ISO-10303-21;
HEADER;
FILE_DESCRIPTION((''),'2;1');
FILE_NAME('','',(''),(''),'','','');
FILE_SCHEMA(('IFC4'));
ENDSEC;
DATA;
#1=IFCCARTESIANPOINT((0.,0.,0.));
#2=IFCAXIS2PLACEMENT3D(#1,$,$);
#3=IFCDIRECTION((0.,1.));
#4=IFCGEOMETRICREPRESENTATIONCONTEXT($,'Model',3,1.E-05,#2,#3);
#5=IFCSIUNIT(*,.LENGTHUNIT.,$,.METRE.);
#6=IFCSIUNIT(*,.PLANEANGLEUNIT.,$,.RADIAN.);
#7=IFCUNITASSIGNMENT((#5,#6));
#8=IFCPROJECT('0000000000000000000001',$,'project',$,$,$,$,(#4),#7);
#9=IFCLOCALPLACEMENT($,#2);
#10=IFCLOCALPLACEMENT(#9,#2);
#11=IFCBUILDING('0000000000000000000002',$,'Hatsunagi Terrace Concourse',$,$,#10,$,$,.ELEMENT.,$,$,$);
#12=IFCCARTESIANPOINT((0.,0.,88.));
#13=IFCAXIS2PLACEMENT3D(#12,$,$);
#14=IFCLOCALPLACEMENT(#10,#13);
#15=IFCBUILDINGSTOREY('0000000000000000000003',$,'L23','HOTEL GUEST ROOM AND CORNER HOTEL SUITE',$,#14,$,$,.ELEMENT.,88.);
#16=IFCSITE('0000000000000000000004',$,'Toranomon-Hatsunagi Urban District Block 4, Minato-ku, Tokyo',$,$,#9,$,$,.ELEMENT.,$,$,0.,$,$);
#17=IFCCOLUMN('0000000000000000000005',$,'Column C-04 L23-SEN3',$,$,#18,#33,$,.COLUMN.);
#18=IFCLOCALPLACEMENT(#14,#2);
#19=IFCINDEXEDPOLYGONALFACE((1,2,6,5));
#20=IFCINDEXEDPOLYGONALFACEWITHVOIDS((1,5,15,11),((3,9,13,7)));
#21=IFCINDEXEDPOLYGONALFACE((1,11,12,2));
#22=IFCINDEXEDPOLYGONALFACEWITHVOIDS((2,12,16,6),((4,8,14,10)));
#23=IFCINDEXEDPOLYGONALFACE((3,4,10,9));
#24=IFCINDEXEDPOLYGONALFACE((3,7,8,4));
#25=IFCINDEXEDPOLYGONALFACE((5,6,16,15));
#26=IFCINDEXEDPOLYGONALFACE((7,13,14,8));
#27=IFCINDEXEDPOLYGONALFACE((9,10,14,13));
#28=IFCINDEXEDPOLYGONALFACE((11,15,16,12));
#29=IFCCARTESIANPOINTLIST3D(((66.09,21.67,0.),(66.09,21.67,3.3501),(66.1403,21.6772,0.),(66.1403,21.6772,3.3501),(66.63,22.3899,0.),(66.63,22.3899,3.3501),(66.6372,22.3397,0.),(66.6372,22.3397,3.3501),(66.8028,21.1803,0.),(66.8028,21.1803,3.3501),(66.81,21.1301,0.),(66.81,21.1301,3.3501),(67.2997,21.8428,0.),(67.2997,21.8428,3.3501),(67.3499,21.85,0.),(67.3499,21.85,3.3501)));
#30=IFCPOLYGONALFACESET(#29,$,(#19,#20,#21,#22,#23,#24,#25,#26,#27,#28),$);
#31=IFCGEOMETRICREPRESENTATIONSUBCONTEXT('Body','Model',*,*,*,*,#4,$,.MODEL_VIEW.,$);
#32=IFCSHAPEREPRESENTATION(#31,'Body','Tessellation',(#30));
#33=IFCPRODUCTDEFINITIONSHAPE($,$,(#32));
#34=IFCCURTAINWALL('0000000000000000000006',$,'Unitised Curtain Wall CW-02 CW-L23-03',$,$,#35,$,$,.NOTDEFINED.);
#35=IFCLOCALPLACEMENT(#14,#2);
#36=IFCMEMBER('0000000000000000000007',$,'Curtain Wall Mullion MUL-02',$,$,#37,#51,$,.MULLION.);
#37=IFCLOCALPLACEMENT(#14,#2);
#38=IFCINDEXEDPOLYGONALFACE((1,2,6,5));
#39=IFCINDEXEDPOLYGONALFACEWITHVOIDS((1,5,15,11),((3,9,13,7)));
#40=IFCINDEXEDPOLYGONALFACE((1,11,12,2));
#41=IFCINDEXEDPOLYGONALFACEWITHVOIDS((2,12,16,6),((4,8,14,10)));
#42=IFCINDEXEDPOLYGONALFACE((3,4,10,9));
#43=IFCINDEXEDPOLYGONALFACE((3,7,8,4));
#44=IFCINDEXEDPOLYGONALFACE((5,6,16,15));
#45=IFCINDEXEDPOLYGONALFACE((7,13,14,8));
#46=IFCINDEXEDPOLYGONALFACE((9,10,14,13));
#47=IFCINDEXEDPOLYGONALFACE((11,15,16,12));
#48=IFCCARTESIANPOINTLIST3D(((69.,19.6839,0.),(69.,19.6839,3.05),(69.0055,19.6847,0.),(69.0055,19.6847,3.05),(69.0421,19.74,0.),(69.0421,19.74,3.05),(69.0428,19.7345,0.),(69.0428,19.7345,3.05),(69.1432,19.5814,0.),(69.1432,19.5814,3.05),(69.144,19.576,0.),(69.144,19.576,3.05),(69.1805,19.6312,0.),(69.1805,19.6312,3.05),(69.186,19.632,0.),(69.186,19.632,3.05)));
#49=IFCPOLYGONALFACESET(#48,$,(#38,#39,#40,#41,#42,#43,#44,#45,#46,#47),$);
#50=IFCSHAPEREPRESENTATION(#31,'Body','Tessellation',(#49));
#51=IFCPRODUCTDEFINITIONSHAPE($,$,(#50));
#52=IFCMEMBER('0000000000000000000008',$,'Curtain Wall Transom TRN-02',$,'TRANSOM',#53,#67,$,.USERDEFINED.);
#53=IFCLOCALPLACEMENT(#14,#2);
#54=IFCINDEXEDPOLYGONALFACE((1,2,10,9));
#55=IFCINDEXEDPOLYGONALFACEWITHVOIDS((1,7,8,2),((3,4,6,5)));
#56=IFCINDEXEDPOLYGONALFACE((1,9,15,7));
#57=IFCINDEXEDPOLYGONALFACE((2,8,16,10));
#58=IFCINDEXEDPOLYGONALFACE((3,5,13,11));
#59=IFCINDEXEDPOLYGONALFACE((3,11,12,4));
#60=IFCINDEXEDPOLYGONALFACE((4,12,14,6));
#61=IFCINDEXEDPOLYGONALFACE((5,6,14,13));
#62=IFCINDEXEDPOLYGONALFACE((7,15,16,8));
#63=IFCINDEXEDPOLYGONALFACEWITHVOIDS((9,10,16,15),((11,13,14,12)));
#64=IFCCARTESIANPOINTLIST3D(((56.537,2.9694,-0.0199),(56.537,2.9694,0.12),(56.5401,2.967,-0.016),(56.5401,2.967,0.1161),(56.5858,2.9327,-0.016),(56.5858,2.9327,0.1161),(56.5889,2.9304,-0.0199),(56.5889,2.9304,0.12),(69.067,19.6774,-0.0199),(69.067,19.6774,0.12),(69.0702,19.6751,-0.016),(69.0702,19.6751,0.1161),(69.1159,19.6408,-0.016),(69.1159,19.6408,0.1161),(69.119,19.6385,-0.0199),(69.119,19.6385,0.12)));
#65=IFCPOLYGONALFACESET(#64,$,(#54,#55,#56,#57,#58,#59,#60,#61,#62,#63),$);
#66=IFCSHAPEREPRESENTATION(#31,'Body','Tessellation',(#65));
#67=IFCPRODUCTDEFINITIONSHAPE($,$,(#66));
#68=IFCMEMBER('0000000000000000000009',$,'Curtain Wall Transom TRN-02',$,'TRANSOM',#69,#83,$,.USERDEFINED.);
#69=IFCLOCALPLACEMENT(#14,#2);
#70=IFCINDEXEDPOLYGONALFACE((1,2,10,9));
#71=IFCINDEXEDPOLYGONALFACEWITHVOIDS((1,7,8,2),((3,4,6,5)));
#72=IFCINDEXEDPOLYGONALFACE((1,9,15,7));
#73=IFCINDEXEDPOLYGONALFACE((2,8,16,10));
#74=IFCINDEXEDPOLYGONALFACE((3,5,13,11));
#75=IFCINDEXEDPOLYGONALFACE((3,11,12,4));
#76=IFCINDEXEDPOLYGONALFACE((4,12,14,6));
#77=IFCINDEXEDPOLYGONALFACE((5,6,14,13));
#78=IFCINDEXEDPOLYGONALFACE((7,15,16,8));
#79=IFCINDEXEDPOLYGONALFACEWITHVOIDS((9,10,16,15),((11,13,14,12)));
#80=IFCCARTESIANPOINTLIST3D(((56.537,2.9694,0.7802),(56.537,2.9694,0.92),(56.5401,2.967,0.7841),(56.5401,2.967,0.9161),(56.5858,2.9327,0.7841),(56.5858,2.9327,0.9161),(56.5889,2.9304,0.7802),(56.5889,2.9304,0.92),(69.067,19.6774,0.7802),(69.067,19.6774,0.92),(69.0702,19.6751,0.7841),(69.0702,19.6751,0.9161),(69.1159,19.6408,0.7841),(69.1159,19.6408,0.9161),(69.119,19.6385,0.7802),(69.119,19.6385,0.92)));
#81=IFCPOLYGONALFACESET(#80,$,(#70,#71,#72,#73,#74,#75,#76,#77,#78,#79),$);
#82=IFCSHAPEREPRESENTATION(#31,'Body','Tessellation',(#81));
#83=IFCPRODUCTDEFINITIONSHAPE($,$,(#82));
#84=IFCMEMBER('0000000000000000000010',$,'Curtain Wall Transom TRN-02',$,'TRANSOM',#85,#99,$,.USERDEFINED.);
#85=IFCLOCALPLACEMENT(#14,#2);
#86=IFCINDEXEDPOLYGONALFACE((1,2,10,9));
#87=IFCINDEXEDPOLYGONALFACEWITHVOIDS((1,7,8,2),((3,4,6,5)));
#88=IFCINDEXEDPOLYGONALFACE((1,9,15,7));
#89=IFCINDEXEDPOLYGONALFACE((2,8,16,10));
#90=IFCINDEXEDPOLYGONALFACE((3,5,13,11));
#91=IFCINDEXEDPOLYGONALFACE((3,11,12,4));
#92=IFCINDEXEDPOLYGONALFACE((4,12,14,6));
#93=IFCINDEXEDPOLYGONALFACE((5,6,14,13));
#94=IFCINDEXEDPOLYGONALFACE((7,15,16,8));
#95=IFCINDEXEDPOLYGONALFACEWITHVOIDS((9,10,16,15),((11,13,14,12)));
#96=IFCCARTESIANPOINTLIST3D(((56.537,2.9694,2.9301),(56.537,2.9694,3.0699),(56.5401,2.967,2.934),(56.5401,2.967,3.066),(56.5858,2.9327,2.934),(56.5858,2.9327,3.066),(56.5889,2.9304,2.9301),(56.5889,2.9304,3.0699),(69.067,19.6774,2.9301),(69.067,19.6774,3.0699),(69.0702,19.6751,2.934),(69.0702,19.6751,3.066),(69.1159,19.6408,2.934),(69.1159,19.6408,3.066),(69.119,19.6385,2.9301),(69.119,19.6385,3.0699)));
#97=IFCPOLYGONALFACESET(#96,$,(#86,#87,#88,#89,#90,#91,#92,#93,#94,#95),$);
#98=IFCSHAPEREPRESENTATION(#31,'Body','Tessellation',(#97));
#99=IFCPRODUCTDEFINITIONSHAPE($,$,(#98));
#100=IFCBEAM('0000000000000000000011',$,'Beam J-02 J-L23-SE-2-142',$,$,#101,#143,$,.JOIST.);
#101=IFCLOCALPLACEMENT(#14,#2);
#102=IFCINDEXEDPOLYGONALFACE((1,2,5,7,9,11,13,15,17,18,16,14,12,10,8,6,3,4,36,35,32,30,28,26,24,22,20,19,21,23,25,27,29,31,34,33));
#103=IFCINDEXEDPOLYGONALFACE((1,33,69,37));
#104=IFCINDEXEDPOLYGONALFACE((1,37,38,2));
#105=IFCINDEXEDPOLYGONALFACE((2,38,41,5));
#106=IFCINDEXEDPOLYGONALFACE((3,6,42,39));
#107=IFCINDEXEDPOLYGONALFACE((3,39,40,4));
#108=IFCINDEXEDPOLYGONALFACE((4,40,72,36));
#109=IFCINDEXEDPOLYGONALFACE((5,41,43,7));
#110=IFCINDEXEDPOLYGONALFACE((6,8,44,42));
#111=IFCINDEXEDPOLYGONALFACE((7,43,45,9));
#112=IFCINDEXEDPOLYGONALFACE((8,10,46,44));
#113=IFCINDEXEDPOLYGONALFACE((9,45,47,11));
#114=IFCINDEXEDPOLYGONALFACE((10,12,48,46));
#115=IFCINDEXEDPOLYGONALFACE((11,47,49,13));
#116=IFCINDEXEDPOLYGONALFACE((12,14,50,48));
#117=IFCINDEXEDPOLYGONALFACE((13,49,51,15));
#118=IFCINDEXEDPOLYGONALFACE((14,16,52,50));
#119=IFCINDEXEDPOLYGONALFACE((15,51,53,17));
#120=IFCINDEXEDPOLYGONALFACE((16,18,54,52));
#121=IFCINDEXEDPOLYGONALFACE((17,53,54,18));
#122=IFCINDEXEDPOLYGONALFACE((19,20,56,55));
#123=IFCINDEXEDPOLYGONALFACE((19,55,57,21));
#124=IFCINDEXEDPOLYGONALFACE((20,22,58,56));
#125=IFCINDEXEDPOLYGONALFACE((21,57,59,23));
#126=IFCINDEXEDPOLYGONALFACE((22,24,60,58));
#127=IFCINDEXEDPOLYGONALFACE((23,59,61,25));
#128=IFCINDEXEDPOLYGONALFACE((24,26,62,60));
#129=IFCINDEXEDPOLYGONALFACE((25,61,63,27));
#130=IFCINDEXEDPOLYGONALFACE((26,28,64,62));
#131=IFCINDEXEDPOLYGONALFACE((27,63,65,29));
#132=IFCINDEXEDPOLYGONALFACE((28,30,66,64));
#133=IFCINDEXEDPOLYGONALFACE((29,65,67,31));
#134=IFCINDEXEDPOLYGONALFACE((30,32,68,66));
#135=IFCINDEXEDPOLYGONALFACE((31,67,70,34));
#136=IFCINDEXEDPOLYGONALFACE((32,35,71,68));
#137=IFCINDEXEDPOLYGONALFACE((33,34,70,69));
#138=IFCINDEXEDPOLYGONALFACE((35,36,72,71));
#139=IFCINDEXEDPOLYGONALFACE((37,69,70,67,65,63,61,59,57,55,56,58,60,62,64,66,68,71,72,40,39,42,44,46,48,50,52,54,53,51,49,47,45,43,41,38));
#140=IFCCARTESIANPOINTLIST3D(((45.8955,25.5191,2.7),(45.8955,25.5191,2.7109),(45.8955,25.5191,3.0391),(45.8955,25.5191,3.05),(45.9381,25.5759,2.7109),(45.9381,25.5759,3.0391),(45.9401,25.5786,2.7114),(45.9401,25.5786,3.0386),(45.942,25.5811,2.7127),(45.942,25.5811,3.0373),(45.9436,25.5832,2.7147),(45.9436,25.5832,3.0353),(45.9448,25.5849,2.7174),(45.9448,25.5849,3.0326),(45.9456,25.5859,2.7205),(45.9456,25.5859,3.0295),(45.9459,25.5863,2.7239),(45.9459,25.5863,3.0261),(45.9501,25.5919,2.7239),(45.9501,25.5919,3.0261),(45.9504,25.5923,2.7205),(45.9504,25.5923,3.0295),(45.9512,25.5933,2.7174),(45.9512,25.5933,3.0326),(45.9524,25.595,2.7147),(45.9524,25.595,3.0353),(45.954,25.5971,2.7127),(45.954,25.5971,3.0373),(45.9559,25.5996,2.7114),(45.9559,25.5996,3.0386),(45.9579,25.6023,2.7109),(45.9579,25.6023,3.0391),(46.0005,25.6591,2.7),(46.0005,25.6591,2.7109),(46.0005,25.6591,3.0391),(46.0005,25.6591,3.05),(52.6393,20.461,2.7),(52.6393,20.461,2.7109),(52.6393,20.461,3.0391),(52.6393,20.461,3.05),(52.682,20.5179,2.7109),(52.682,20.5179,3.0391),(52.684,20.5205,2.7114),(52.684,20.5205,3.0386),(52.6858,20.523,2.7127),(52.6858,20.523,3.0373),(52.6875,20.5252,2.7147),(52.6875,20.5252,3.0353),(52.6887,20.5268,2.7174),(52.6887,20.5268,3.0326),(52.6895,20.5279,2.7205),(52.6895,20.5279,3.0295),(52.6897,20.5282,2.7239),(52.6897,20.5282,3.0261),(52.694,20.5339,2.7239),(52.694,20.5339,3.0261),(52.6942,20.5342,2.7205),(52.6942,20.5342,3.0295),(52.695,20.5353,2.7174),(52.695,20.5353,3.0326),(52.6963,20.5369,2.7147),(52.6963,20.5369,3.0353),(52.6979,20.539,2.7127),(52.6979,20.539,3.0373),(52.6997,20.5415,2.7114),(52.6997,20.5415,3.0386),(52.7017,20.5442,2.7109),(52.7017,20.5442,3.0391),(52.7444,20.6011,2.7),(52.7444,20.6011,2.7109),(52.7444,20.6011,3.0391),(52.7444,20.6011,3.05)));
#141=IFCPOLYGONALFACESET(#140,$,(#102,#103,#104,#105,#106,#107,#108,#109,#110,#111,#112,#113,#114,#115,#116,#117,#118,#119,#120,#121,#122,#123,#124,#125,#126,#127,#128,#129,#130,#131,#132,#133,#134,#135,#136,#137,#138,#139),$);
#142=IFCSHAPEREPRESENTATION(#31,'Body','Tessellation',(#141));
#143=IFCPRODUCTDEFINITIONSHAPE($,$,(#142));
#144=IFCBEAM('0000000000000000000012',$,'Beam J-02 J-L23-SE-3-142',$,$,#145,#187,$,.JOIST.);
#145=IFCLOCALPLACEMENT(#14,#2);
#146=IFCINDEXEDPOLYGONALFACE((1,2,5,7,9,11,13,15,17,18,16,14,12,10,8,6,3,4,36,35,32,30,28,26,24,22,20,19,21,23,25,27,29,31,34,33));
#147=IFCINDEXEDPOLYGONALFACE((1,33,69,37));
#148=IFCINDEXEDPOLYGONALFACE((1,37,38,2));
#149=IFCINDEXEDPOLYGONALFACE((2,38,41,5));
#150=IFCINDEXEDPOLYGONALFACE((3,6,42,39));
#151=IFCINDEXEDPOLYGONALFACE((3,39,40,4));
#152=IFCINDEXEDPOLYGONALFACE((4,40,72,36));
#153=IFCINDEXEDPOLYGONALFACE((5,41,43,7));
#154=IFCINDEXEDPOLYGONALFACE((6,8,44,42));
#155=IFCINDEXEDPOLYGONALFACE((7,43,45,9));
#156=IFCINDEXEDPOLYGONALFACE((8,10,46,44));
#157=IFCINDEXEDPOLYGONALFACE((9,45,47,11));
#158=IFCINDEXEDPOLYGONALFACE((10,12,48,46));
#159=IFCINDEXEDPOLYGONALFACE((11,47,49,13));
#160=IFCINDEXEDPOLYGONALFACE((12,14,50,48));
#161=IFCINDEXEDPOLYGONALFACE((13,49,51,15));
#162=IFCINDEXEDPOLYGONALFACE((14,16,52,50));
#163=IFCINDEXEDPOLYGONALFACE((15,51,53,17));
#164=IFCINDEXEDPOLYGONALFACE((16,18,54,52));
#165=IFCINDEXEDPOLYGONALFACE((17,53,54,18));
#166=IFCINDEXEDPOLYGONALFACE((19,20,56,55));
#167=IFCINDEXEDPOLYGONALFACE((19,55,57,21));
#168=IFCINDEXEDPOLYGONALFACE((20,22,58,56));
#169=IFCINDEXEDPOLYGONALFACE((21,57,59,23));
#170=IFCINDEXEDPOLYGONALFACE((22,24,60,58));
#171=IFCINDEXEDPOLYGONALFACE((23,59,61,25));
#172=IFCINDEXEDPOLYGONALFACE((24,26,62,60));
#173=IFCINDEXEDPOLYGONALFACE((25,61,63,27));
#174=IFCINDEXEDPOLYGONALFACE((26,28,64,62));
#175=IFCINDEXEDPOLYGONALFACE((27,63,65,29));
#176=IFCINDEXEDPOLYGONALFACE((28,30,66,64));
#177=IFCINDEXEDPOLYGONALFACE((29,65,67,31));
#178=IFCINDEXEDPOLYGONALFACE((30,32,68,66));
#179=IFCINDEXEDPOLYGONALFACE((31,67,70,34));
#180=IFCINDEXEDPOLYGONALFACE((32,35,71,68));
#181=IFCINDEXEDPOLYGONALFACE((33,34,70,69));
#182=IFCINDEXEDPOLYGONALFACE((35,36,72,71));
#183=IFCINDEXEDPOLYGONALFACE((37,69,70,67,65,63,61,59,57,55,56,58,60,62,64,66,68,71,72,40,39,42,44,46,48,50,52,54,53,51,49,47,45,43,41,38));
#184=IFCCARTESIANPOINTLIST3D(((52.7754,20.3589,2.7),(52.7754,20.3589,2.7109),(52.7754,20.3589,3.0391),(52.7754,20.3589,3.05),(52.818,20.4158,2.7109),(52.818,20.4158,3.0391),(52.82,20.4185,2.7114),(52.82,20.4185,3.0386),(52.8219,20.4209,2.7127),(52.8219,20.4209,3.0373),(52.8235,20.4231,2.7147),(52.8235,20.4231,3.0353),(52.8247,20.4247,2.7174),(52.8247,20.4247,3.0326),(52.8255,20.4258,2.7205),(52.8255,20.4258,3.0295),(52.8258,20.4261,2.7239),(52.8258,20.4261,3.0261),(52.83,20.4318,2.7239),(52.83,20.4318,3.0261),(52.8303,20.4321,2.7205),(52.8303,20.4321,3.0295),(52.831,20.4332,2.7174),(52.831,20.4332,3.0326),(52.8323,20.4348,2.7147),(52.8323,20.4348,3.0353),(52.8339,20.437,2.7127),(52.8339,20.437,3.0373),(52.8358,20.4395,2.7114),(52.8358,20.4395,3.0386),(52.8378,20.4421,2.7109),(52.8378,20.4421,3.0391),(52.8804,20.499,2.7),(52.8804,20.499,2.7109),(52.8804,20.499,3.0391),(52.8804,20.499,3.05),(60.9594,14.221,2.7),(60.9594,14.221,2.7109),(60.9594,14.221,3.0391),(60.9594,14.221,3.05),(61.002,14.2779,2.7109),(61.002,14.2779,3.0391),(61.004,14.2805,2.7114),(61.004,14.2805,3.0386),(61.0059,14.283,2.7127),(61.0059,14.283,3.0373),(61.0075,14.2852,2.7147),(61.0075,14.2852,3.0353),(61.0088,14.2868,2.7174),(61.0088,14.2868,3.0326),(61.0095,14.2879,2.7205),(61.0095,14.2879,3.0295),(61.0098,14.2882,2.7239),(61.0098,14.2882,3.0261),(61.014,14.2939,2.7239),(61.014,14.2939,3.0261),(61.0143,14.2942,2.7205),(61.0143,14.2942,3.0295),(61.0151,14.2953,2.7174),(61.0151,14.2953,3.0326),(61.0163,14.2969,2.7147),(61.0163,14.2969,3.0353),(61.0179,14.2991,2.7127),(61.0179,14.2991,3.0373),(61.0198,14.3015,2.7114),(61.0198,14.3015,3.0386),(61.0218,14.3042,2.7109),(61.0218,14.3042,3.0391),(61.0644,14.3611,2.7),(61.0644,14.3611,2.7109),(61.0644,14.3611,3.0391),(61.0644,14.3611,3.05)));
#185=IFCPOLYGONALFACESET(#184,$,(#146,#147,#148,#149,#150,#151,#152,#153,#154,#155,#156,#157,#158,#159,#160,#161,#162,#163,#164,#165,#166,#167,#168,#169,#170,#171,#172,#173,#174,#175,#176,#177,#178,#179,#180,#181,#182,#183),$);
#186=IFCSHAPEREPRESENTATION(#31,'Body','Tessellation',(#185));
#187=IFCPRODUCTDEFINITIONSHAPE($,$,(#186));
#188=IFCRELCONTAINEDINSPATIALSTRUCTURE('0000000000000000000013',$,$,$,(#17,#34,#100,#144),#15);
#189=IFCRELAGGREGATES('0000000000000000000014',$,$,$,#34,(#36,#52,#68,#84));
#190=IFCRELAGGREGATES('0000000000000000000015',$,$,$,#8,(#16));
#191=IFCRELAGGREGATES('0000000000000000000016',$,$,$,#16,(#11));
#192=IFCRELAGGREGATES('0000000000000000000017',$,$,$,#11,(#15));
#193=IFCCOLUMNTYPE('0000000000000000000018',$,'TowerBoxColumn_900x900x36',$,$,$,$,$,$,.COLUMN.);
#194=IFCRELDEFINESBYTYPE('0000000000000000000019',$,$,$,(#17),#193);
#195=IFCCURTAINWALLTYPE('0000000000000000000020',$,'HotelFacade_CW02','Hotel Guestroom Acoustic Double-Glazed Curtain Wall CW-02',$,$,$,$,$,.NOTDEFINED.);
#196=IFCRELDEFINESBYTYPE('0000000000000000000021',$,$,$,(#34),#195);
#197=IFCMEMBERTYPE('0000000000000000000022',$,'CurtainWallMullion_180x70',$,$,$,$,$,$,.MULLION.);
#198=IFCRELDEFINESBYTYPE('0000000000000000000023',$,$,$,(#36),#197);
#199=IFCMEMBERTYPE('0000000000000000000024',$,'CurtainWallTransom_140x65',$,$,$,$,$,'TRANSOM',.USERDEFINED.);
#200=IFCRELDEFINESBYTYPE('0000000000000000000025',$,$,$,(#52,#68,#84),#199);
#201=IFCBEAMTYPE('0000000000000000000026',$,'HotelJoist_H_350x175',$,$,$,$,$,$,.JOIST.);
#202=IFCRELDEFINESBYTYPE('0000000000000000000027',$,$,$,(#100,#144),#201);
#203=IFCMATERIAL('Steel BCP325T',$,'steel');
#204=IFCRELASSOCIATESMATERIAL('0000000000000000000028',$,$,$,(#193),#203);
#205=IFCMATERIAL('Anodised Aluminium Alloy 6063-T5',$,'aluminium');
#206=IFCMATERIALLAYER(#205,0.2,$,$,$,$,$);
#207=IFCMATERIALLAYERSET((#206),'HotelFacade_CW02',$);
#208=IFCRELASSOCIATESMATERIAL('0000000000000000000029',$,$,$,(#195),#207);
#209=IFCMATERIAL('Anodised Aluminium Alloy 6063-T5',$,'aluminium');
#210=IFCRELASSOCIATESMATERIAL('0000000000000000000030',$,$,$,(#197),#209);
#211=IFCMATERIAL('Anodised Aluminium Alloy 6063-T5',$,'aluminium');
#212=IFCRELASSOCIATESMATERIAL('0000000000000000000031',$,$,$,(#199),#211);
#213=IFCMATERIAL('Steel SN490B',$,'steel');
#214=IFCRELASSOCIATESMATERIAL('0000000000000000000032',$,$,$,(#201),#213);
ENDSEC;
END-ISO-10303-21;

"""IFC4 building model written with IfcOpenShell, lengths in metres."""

from ifc_helpers import new_model, si_unit, direction, frame, origin, origin_2d, place, context, subcontext, project, spatial, hollow_rectangle, i_section, extrude, material, layer, layer_set, material_profile, profile_set, type_object, element, aggregate, save


model = new_model("IFC4")

# Units and contexts
model_context = context("Model", 3, precision=1e-05, world=origin(), true_north=direction((0.0, 1.0)))
body_context = subcontext(model_context, "Body", "Model", "MODEL_VIEW")
ifc_project = project(units=[si_unit("LENGTHUNIT", "METRE"), si_unit("PLANEANGLEUNIT", "RADIAN")], contexts=[model_context])

# Site, building, storey
site_placement = place(None, origin())
site = spatial("IfcSite", under=ifc_project, at=site_placement, Name="Toranomon-Hatsunagi Urban District Block 4, Minato-ku, Tokyo", CompositionType="ELEMENT", RefElevation=0.0)
building_placement = place(site_placement, origin())
building = spatial("IfcBuilding", under=site, at=building_placement, Name="Hatsunagi Terrace Concourse", CompositionType="ELEMENT")
storey_placement = place(building_placement, frame((0.0, 0.0, 88.0)))
storey = spatial("IfcBuildingStorey", under=building, at=storey_placement, Name="L23", Description="HOTEL GUEST ROOM AND CORNER HOTEL SUITE", CompositionType="ELEMENT", Elevation=88.0)

# Column
ifc_material_1 = material(Name="Steel BCP325T", Category="steel")
ifc_material_profile_1 = material_profile(ifc_material_1, hollow_rectangle(XDim=0.8999, YDim=0.8999, WallThickness=0.0359, at=origin_2d()), Name="BCP-900x900x36")
ifc_profile_set_1 = profile_set([ifc_material_profile_1], Name="Steel BCP325T")
column_type = type_object("IfcColumnType", Name="TowerBoxColumn_900x900x36", PredefinedType="COLUMN", material=ifc_profile_set_1)
column_placement = place(storey_placement, frame((66.72, 21.76, 0.0), z_axis=(0.0, 0.0, 1.0), x_axis=(0.8, -0.6, 0.0)))
element("IfcColumn", 1, at=column_placement, inside=storey, type_object=column_type, Name="Column C-04 L23-SEN3", PredefinedType="COLUMN", context=body_context, shape_type="SweptSolid", body=[
    extrude(hollow_rectangle(XDim=0.8999, YDim=0.8999, WallThickness=0.0359, at=origin_2d()), origin(), (0.0, 0.0, 1.0), 3.3501),
])

# Curtain wall, members
ifc_material_2 = material(Name="Anodised Aluminium Alloy 6063-T5", Category="aluminium")
ifc_layer_1 = layer(ifc_material_2, 0.2)
ifc_layer_set_1 = layer_set([ifc_layer_1], Name="HotelFacade_CW02")
curtain_wall_type = type_object("IfcCurtainWallType", Name="HotelFacade_CW02", Description="Hotel Guestroom Acoustic Double-Glazed Curtain Wall CW-02", PredefinedType="NOTDEFINED", material=ifc_layer_set_1)
curtain_wall_placement = place(storey_placement, origin())
curtain_wall = element("IfcCurtainWall", 2, at=curtain_wall_placement, inside=storey, type_object=curtain_wall_type, Name="Unitised Curtain Wall CW-02 CW-L23-03", PredefinedType="NOTDEFINED")
ifc_material_3 = material(Name="Anodised Aluminium Alloy 6063-T5", Category="aluminium")
ifc_material_profile_2 = material_profile(ifc_material_3, hollow_rectangle(XDim=0.0701, YDim=0.1799, WallThickness=0.0039, at=origin_2d()), Name="ALU-MUL-180x70x4")
ifc_profile_set_2 = profile_set([ifc_material_profile_2], Name="Anodised Aluminium Alloy 6063-T5")
member_type_1 = type_object("IfcMemberType", Name="CurtainWallMullion_180x70", PredefinedType="MULLION", material=ifc_profile_set_2)
member_1_placement = place(storey_placement, frame((69.093, 19.658, 0.0), z_axis=(0.0, 0.0, 1.0), x_axis=(-0.599969, -0.800023, 0.0)))
member_1 = element("IfcMember", 3, at=member_1_placement, type_object=member_type_1, Name="Curtain Wall Mullion MUL-02", PredefinedType="MULLION", context=body_context, shape_type="SweptSolid", body=[
    extrude(hollow_rectangle(XDim=0.0701, YDim=0.1799, WallThickness=0.0039, at=origin_2d()), origin(), (0.0, 0.0, 1.0), 3.05),
])
ifc_material_4 = material(Name="Anodised Aluminium Alloy 6063-T5", Category="aluminium")
ifc_material_profile_3 = material_profile(ifc_material_4, hollow_rectangle(XDim=0.0649, YDim=0.1399, WallThickness=0.0039, at=origin_2d()), Name="ALU-TRN-140x65x4")
ifc_profile_set_3 = profile_set([ifc_material_profile_3], Name="Anodised Aluminium Alloy 6063-T5")
member_type_2 = type_object("IfcMemberType", Name="CurtainWallTransom_140x65", ElementType="TRANSOM", PredefinedType="USERDEFINED", material=ifc_profile_set_3)
member_2_placement = place(storey_placement, frame((69.093, 19.658, 0.05), z_axis=(-0.59997, -0.800022, 0.0), x_axis=(0.800022, -0.59997, 0.0)))
member_2 = element("IfcMember", 4, at=member_2_placement, type_object=member_type_2, Name="Curtain Wall Transom TRN-02", ObjectType="TRANSOM", PredefinedType="USERDEFINED", context=body_context, shape_type="SweptSolid", body=[
    extrude(hollow_rectangle(XDim=0.0649, YDim=0.1399, WallThickness=0.0039, at=origin_2d()), origin(), (0.0, 0.0, 1.0), 20.8845),
])
member_3_placement = place(storey_placement, frame((69.093, 19.658, 0.8501), z_axis=(-0.59997, -0.800022, 0.0), x_axis=(0.800022, -0.59997, 0.0)))
member_3 = element("IfcMember", 5, at=member_3_placement, type_object=member_type_2, Name="Curtain Wall Transom TRN-02", ObjectType="TRANSOM", PredefinedType="USERDEFINED", context=body_context, shape_type="SweptSolid", body=[
    extrude(hollow_rectangle(XDim=0.0649, YDim=0.1399, WallThickness=0.0039, at=origin_2d()), origin(), (0.0, 0.0, 1.0), 20.8845),
])
member_4_placement = place(storey_placement, frame((69.093, 19.658, 3.0), z_axis=(-0.59997, -0.800022, 0.0), x_axis=(0.800022, -0.59997, 0.0)))
member_4 = element("IfcMember", 6, at=member_4_placement, type_object=member_type_2, Name="Curtain Wall Transom TRN-02", ObjectType="TRANSOM", PredefinedType="USERDEFINED", context=body_context, shape_type="SweptSolid", body=[
    extrude(hollow_rectangle(XDim=0.0649, YDim=0.1399, WallThickness=0.0039, at=origin_2d()), origin(), (0.0, 0.0, 1.0), 20.8845),
])

# Beams
ifc_material_5 = material(Name="Steel SN490B", Category="steel")
ifc_material_profile_4 = material_profile(ifc_material_5, i_section(OverallWidth=0.175, OverallDepth=0.3501, WebThickness=0.0071, FlangeThickness=0.011, FilletRadius=0.0129, at=origin_2d()), Name="H-350x175x7x11")
ifc_profile_set_4 = profile_set([ifc_material_profile_4], Name="Steel SN490B")
beam_type = type_object("IfcBeamType", Name="HotelJoist_H_350x175", PredefinedType="JOIST", material=ifc_profile_set_4)
beam_1_placement = place(storey_placement, frame((45.948, 25.5891, 2.875), z_axis=(0.79999, -0.600014, 0.0), x_axis=(0.600014, 0.79999, 0.0)))
element("IfcBeam", 7, at=beam_1_placement, inside=storey, type_object=beam_type, Name="Beam J-02 J-L23-SE-2-142", PredefinedType="JOIST", context=body_context, shape_type="SweptSolid", body=[
    extrude(i_section(OverallWidth=0.175, OverallDepth=0.3501, WebThickness=0.0071, FlangeThickness=0.011, FilletRadius=0.0129, at=origin_2d()), origin(), (0.0, 0.0, 1.0), 8.4299),
])
for number, where, z_axis, x_axis, name in (
    (8, (52.8279, 20.429, 2.875), (0.800006, -0.599992, 0.0), (0.599992, 0.800006, 0.0), "Beam J-02 J-L23-SE-3-142"),
):
    element("IfcBeam", number, at=place(storey_placement, frame(where, z_axis=z_axis, x_axis=x_axis)), inside=storey, type_object=beam_type, Name=name, PredefinedType="JOIST", context=body_context, shape_type="SweptSolid", body=[
        extrude(i_section(OverallWidth=0.175, OverallDepth=0.3501, WebThickness=0.0071, FlangeThickness=0.011, FilletRadius=0.0129, at=origin_2d()), origin(), (0.0, 0.0, 1.0), 10.23),
    ])

aggregate(curtain_wall, [member_1, member_2, member_3, member_4])

save(model, "model.ifc")
